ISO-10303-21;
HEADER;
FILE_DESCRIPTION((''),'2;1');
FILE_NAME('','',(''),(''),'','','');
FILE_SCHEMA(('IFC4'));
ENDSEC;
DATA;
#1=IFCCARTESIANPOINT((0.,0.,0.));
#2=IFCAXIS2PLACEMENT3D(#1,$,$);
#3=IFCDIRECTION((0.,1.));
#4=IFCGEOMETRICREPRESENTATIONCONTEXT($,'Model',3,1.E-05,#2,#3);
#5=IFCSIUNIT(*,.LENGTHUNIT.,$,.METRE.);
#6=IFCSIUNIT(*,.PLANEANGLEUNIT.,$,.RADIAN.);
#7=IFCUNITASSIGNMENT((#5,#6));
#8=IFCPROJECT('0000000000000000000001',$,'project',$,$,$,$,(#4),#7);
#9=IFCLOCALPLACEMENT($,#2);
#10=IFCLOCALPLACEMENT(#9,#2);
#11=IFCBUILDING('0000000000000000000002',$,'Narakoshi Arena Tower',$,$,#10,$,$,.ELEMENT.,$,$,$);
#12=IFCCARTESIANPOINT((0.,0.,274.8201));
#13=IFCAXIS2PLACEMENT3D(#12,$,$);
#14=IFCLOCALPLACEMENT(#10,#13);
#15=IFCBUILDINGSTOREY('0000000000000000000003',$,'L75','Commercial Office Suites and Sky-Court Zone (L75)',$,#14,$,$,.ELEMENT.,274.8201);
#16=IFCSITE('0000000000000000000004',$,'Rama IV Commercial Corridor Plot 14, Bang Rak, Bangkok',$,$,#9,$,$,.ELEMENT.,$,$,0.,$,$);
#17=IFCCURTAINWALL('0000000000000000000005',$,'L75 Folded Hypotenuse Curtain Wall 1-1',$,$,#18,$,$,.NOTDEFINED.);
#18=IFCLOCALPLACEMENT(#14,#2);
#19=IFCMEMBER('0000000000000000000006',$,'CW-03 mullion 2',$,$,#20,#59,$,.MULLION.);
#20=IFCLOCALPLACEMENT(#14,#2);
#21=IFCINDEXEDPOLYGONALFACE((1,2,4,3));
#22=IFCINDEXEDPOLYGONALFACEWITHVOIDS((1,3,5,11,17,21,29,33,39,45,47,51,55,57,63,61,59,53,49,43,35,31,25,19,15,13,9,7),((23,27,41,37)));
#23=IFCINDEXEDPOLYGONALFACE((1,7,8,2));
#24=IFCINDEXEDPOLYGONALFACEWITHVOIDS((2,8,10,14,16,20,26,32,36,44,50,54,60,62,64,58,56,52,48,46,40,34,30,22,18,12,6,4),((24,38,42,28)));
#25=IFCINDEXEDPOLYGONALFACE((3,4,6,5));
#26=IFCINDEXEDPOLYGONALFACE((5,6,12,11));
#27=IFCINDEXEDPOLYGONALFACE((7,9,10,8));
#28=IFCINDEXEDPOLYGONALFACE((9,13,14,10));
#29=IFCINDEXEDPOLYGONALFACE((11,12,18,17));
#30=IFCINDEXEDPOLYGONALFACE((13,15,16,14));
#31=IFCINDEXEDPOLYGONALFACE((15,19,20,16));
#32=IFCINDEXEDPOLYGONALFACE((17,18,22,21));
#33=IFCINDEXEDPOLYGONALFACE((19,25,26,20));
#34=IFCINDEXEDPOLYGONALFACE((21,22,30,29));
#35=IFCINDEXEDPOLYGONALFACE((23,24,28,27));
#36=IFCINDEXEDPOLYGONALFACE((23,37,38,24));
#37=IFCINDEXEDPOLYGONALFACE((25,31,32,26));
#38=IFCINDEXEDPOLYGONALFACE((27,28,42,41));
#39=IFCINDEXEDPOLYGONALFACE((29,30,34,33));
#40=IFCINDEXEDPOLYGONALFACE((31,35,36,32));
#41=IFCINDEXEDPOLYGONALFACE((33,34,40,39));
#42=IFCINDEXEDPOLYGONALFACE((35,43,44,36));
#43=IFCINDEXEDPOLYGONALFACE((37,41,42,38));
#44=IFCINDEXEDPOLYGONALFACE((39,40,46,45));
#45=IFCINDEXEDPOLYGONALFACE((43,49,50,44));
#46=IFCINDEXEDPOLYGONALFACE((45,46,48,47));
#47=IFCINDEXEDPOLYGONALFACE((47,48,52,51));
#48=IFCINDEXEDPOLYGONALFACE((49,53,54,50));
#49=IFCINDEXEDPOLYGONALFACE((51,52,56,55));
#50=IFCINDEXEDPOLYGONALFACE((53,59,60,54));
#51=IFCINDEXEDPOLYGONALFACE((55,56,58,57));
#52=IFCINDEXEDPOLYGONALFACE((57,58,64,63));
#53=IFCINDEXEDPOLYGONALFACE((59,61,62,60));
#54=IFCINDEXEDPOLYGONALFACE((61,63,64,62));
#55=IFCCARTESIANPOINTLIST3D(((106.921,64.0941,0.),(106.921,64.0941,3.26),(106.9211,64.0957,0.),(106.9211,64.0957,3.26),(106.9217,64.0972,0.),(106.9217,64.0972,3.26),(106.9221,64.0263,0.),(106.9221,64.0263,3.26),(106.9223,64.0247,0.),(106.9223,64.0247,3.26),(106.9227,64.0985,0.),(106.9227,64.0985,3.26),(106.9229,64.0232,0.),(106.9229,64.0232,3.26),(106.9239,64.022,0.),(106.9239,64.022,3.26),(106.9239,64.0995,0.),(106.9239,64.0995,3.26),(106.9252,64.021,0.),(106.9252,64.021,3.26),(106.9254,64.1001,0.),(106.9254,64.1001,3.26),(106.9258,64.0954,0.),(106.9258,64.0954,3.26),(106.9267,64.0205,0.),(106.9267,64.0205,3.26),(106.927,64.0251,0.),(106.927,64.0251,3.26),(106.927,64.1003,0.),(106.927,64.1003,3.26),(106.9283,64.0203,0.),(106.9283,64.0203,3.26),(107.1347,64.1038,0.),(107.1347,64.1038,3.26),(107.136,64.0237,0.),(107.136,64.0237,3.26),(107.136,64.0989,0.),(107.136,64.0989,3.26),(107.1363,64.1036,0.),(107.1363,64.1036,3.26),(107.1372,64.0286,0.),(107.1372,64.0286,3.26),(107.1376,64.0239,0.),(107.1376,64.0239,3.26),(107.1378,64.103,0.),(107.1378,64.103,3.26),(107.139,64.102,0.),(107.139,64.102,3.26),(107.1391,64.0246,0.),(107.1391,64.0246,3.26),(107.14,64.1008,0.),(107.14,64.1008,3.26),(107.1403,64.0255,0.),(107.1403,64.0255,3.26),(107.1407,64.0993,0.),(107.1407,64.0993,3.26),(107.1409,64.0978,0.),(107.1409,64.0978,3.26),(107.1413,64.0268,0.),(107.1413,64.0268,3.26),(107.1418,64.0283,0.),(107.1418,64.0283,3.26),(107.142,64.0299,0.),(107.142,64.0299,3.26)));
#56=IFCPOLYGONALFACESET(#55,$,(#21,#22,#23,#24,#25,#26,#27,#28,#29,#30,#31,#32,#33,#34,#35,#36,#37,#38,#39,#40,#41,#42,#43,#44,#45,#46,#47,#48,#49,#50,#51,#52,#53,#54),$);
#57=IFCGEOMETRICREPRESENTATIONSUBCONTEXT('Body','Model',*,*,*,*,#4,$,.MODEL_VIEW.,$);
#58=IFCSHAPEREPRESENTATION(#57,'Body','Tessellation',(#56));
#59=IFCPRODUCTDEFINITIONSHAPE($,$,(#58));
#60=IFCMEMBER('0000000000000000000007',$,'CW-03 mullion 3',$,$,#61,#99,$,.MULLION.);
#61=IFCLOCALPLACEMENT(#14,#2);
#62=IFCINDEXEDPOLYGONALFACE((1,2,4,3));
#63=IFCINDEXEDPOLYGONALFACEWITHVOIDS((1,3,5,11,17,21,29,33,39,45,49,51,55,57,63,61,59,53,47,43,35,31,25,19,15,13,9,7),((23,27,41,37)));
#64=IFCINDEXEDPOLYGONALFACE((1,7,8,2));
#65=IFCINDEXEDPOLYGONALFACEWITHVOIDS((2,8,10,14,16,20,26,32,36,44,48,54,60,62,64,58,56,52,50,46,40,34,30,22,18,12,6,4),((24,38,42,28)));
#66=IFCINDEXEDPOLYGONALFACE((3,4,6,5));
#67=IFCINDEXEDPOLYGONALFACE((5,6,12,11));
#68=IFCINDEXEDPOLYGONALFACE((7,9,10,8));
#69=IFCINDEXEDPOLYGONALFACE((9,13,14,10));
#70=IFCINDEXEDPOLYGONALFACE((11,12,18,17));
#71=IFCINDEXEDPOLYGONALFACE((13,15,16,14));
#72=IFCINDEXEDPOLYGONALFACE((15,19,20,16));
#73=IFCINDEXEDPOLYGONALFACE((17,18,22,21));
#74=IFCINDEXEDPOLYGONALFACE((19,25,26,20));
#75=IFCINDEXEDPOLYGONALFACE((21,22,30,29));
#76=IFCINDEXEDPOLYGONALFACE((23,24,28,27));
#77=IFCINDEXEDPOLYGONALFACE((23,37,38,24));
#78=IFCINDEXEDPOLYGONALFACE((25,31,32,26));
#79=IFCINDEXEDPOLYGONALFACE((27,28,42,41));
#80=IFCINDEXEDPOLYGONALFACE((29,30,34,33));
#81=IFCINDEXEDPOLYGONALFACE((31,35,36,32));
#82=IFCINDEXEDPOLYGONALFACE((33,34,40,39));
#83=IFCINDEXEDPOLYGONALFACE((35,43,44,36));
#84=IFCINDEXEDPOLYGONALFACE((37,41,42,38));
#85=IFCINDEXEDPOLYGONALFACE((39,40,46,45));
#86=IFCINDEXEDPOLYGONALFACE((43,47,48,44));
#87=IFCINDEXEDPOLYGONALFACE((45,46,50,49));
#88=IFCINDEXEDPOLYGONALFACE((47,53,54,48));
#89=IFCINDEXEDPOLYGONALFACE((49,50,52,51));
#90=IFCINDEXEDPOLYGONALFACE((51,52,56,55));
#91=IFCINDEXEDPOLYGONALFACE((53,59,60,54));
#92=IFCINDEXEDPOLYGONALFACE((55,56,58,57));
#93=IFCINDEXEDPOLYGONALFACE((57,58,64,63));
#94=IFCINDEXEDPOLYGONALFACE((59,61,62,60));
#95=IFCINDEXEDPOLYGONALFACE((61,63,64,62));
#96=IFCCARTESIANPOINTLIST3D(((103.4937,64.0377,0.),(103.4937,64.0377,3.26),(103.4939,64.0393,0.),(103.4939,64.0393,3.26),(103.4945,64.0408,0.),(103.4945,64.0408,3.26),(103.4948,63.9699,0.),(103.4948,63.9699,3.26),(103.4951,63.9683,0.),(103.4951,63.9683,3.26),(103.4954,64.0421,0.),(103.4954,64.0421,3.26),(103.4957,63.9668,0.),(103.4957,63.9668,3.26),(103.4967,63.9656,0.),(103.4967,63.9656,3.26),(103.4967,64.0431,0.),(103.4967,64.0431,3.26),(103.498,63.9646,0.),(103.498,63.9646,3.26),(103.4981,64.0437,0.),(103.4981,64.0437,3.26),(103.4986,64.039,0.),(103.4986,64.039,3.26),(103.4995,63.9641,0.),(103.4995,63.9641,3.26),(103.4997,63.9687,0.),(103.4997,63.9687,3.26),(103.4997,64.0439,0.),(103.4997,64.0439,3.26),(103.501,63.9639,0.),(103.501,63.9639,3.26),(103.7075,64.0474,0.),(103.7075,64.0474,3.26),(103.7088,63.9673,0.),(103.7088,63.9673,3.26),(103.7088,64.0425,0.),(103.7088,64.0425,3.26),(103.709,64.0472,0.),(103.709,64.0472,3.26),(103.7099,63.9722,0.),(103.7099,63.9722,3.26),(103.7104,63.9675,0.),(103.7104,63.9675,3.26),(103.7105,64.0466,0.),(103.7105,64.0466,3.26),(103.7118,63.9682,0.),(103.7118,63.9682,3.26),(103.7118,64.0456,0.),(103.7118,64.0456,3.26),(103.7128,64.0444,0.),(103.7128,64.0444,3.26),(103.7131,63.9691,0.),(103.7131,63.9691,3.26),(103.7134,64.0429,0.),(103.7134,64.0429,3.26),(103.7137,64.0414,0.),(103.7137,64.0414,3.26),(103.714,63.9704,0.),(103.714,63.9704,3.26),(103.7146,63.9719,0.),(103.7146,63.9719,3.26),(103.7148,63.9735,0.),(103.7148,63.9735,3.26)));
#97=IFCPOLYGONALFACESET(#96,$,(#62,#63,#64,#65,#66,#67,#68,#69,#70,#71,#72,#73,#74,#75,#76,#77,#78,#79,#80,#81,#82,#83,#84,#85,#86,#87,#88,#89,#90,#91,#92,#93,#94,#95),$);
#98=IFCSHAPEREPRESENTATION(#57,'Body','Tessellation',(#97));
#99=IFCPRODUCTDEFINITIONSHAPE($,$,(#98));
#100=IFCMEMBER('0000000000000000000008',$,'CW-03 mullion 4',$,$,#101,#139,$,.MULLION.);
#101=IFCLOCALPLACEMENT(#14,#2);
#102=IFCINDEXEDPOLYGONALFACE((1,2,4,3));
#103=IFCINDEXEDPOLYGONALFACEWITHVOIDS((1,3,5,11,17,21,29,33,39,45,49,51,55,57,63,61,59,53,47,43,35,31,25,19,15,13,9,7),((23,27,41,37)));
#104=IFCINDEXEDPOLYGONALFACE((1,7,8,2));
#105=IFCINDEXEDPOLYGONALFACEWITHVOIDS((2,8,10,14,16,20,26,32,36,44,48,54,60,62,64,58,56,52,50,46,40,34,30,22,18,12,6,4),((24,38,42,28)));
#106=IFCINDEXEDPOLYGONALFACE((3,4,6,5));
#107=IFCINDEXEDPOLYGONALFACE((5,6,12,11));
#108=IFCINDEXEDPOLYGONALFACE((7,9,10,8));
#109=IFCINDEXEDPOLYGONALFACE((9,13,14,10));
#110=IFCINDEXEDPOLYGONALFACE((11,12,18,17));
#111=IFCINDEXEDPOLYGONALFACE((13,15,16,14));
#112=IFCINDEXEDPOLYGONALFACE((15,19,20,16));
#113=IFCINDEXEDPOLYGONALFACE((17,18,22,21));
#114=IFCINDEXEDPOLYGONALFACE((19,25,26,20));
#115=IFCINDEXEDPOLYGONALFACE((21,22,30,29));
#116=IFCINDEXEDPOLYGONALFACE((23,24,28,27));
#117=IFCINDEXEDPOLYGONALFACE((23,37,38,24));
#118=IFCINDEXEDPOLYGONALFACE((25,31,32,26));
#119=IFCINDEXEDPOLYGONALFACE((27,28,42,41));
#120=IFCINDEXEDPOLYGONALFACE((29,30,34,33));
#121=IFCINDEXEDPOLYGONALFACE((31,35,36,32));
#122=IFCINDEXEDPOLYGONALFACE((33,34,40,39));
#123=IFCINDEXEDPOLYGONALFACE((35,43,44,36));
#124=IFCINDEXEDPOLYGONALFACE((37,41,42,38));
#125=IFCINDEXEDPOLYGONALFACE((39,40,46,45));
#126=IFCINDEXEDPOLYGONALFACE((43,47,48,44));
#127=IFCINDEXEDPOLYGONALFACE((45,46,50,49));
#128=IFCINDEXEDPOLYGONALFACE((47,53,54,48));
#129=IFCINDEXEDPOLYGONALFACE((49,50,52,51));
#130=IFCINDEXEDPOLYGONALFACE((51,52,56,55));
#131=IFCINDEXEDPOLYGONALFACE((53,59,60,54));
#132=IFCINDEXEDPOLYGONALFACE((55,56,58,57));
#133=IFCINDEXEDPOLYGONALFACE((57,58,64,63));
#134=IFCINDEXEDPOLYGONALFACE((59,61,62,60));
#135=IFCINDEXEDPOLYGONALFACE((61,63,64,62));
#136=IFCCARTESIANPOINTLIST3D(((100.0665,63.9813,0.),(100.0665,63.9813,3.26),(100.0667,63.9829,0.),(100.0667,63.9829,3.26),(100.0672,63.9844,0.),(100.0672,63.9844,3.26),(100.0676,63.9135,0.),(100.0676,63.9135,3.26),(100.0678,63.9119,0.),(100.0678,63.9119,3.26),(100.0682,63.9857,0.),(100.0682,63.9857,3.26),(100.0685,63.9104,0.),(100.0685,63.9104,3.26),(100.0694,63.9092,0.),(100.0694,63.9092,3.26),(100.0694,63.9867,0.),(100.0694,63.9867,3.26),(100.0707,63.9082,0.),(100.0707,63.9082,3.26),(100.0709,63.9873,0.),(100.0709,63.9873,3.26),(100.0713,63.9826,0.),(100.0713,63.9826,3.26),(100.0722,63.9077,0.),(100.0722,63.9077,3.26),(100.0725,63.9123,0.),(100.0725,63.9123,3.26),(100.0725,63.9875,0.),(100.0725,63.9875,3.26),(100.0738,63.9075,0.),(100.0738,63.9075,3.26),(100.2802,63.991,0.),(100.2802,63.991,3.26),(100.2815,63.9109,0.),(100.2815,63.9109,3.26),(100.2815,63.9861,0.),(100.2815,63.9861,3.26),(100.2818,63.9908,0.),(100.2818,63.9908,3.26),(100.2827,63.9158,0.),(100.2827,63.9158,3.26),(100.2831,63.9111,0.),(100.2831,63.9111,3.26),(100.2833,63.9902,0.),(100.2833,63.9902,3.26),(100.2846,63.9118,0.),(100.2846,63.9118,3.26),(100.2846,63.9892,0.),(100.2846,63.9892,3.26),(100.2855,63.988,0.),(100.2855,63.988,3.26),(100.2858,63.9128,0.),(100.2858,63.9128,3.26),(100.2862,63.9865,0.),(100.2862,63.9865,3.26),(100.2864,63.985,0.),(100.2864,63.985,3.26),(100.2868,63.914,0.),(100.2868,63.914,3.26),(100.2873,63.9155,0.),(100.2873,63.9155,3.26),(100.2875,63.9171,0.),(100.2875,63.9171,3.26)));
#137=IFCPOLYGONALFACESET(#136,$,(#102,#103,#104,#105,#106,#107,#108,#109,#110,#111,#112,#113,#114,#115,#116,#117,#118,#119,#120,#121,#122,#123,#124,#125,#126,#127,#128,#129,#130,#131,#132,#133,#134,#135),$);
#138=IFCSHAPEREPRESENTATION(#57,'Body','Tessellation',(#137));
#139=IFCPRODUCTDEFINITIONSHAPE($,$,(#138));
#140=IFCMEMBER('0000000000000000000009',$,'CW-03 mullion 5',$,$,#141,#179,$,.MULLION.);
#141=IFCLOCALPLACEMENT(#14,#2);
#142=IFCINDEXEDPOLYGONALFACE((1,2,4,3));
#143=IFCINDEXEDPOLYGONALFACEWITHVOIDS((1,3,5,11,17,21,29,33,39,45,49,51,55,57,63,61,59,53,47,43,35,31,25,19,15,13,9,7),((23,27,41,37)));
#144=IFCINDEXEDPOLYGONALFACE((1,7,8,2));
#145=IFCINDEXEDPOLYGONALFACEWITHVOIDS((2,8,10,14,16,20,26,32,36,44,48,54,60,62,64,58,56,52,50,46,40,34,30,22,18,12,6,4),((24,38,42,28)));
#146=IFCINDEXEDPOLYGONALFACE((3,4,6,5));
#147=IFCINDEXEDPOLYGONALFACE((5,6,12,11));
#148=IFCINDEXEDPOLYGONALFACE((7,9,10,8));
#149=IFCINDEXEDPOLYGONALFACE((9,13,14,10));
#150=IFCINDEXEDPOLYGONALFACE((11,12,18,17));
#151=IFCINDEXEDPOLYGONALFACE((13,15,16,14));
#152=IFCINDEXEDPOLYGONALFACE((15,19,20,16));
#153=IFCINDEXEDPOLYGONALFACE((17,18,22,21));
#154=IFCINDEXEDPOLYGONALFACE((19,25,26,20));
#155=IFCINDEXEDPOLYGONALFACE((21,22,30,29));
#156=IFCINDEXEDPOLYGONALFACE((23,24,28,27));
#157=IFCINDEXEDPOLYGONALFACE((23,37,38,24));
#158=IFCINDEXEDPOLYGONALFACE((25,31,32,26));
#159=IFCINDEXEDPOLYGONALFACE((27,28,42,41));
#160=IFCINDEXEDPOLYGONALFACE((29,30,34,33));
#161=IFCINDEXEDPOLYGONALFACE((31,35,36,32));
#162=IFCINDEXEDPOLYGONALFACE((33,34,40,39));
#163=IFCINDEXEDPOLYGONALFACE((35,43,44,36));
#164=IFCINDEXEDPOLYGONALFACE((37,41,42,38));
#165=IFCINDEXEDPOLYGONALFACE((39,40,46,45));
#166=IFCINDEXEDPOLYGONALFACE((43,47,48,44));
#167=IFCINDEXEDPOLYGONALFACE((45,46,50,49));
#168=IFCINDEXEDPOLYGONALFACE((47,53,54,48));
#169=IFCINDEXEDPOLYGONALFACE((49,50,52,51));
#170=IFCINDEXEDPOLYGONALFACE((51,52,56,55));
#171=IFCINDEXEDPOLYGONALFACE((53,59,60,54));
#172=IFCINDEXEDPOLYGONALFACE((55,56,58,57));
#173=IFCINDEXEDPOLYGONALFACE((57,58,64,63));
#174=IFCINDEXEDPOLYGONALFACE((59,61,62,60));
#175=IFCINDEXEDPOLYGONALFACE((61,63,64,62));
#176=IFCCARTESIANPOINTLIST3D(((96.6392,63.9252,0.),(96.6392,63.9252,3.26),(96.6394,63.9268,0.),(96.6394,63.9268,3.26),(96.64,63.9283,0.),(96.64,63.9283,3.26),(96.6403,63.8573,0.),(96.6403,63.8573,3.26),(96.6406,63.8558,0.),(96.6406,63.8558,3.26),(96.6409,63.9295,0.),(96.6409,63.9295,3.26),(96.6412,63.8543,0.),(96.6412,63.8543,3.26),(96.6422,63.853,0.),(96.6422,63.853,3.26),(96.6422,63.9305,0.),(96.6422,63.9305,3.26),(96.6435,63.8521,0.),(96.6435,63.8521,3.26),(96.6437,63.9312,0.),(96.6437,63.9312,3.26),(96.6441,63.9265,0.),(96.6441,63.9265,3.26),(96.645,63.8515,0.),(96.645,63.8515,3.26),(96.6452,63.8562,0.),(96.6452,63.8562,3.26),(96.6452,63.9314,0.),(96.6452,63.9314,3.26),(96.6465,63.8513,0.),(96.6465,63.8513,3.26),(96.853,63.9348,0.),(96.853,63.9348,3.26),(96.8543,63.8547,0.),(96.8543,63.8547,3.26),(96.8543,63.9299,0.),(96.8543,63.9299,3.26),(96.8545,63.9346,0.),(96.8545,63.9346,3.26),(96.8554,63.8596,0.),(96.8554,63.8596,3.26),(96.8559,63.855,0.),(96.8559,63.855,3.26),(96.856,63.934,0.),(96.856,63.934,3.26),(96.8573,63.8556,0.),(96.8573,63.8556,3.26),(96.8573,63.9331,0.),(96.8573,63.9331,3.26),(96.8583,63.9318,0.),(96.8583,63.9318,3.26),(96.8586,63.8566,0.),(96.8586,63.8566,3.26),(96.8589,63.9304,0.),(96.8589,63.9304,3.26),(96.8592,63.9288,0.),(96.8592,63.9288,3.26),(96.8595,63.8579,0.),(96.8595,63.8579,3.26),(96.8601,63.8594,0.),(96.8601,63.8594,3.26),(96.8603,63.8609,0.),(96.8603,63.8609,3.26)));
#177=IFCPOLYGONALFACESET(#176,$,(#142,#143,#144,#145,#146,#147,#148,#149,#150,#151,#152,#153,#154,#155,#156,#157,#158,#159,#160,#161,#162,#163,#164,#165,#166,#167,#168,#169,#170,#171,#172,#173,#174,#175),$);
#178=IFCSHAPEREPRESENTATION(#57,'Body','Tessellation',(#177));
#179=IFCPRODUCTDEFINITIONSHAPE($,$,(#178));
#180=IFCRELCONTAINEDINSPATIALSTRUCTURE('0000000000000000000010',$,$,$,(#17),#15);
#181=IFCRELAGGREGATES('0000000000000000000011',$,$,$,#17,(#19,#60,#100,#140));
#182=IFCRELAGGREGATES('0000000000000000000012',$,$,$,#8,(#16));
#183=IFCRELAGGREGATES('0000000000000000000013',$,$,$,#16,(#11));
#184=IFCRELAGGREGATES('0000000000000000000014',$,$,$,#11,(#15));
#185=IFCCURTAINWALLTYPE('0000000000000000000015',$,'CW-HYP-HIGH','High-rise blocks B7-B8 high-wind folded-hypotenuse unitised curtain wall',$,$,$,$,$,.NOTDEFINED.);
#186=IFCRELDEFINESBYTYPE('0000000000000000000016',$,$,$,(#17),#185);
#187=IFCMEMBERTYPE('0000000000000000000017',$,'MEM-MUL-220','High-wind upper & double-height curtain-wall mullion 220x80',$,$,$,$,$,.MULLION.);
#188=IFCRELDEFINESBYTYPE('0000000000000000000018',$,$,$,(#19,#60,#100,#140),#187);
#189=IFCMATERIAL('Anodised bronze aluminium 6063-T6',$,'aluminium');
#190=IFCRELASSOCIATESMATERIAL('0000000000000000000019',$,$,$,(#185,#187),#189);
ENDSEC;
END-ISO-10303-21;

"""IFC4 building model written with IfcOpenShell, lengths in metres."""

from ifc_helpers import new_model, si_unit, direction, frame, origin, origin_2d, place, context, subcontext, project, spatial, hollow_rectangle, extrude, material, material_profile, profile_set, type_object, element, aggregate, save


model = new_model("IFC4")

# Units and contexts
model_context = context("Model", 3, precision=1e-05, world=origin(), true_north=direction((0.0, 1.0)))
body_context = subcontext(model_context, "Body", "Model", "MODEL_VIEW")
ifc_project = project(units=[si_unit("LENGTHUNIT", "METRE"), si_unit("PLANEANGLEUNIT", "RADIAN")], contexts=[model_context])

# Site, building, storey
site_placement = place(None, origin())
site = spatial("IfcSite", under=ifc_project, at=site_placement, Name="Rama IV Commercial Corridor Plot 14, Bang Rak, Bangkok", CompositionType="ELEMENT", RefElevation=0.0)
building_placement = place(site_placement, origin())
building = spatial("IfcBuilding", under=site, at=building_placement, Name="Narakoshi Arena Tower", CompositionType="ELEMENT")
storey_placement = place(building_placement, frame((0.0, 0.0, 274.8201)))
storey = spatial("IfcBuildingStorey", under=building, at=storey_placement, Name="L75", Description="Commercial Office Suites and Sky-Court Zone (L75)", CompositionType="ELEMENT", Elevation=274.8201)

# Curtain wall, members
ifc_material_1 = material(Name="Anodised bronze aluminium 6063-T6", Category="aluminium")
curtain_wall_type = type_object("IfcCurtainWallType", Name="CW-HYP-HIGH", Description="High-rise blocks B7-B8 high-wind folded-hypotenuse unitised curtain wall", PredefinedType="NOTDEFINED", material=ifc_material_1)
curtain_wall_placement = place(storey_placement, origin())
curtain_wall = element("IfcCurtainWall", 1, at=curtain_wall_placement, inside=storey, type_object=curtain_wall_type, Name="L75 Folded Hypotenuse Curtain Wall 1-1", PredefinedType="NOTDEFINED")
ifc_material_profile_1 = material_profile(ifc_material_1, hollow_rectangle(XDim=0.0801, YDim=0.22, WallThickness=0.0049, OuterFilletRadius=0.0061, at=origin_2d()), Name="MUL220x80x5")
ifc_profile_set_1 = profile_set([ifc_material_profile_1], Name="Anodised bronze aluminium 6063-T6")
member_type_1 = type_object("IfcMemberType", Name="MEM-MUL-220", Description="High-wind upper & double-height curtain-wall mullion 220x80", PredefinedType="MULLION", material=ifc_profile_set_1)
member_1_placement = place(storey_placement, frame((107.0315, 64.062, 0.0), z_axis=(0.0, 0.0, 1.0), x_axis=(0.016443, -0.999865, 0.0)))
member_1 = element("IfcMember", 2, at=member_1_placement, type_object=member_type_1, Name="CW-03 mullion 2", PredefinedType="MULLION", context=body_context, shape_type="SweptSolid", body=[
    extrude(hollow_rectangle(XDim=0.0801, YDim=0.22, WallThickness=0.0049, OuterFilletRadius=0.0061, at=origin_2d()), origin(), (0.0, 0.0, 1.0), 3.26),
])
member_2_placement = place(storey_placement, frame((103.6042, 64.0056, 0.0), z_axis=(0.0, 0.0, 1.0), x_axis=(0.016443, -0.999865, 0.0)))
member_2 = element("IfcMember", 3, at=member_2_placement, type_object=member_type_1, Name="CW-03 mullion 3", PredefinedType="MULLION", context=body_context, shape_type="SweptSolid", body=[
    extrude(hollow_rectangle(XDim=0.0801, YDim=0.22, WallThickness=0.0049, OuterFilletRadius=0.0061, at=origin_2d()), origin(), (0.0, 0.0, 1.0), 3.26),
])
member_3_placement = place(storey_placement, frame((100.177, 63.9492, 0.0), z_axis=(0.0, 0.0, 1.0), x_axis=(0.016443, -0.999865, 0.0)))
member_3 = element("IfcMember", 4, at=member_3_placement, type_object=member_type_1, Name="CW-03 mullion 4", PredefinedType="MULLION", context=body_context, shape_type="SweptSolid", body=[
    extrude(hollow_rectangle(XDim=0.0801, YDim=0.22, WallThickness=0.0049, OuterFilletRadius=0.0061, at=origin_2d()), origin(), (0.0, 0.0, 1.0), 3.26),
])
member_4_placement = place(storey_placement, frame((96.7498, 63.8931, 0.0), z_axis=(0.0, 0.0, 1.0), x_axis=(0.016443, -0.999865, 0.0)))
member_4 = element("IfcMember", 5, at=member_4_placement, type_object=member_type_1, Name="CW-03 mullion 5", PredefinedType="MULLION", context=body_context, shape_type="SweptSolid", body=[
    extrude(hollow_rectangle(XDim=0.0801, YDim=0.22, WallThickness=0.0049, OuterFilletRadius=0.0061, at=origin_2d()), origin(), (0.0, 0.0, 1.0), 3.26),
])
aggregate(curtain_wall, [member_1, member_2, member_3, member_4])

save(model, "model.ifc")
